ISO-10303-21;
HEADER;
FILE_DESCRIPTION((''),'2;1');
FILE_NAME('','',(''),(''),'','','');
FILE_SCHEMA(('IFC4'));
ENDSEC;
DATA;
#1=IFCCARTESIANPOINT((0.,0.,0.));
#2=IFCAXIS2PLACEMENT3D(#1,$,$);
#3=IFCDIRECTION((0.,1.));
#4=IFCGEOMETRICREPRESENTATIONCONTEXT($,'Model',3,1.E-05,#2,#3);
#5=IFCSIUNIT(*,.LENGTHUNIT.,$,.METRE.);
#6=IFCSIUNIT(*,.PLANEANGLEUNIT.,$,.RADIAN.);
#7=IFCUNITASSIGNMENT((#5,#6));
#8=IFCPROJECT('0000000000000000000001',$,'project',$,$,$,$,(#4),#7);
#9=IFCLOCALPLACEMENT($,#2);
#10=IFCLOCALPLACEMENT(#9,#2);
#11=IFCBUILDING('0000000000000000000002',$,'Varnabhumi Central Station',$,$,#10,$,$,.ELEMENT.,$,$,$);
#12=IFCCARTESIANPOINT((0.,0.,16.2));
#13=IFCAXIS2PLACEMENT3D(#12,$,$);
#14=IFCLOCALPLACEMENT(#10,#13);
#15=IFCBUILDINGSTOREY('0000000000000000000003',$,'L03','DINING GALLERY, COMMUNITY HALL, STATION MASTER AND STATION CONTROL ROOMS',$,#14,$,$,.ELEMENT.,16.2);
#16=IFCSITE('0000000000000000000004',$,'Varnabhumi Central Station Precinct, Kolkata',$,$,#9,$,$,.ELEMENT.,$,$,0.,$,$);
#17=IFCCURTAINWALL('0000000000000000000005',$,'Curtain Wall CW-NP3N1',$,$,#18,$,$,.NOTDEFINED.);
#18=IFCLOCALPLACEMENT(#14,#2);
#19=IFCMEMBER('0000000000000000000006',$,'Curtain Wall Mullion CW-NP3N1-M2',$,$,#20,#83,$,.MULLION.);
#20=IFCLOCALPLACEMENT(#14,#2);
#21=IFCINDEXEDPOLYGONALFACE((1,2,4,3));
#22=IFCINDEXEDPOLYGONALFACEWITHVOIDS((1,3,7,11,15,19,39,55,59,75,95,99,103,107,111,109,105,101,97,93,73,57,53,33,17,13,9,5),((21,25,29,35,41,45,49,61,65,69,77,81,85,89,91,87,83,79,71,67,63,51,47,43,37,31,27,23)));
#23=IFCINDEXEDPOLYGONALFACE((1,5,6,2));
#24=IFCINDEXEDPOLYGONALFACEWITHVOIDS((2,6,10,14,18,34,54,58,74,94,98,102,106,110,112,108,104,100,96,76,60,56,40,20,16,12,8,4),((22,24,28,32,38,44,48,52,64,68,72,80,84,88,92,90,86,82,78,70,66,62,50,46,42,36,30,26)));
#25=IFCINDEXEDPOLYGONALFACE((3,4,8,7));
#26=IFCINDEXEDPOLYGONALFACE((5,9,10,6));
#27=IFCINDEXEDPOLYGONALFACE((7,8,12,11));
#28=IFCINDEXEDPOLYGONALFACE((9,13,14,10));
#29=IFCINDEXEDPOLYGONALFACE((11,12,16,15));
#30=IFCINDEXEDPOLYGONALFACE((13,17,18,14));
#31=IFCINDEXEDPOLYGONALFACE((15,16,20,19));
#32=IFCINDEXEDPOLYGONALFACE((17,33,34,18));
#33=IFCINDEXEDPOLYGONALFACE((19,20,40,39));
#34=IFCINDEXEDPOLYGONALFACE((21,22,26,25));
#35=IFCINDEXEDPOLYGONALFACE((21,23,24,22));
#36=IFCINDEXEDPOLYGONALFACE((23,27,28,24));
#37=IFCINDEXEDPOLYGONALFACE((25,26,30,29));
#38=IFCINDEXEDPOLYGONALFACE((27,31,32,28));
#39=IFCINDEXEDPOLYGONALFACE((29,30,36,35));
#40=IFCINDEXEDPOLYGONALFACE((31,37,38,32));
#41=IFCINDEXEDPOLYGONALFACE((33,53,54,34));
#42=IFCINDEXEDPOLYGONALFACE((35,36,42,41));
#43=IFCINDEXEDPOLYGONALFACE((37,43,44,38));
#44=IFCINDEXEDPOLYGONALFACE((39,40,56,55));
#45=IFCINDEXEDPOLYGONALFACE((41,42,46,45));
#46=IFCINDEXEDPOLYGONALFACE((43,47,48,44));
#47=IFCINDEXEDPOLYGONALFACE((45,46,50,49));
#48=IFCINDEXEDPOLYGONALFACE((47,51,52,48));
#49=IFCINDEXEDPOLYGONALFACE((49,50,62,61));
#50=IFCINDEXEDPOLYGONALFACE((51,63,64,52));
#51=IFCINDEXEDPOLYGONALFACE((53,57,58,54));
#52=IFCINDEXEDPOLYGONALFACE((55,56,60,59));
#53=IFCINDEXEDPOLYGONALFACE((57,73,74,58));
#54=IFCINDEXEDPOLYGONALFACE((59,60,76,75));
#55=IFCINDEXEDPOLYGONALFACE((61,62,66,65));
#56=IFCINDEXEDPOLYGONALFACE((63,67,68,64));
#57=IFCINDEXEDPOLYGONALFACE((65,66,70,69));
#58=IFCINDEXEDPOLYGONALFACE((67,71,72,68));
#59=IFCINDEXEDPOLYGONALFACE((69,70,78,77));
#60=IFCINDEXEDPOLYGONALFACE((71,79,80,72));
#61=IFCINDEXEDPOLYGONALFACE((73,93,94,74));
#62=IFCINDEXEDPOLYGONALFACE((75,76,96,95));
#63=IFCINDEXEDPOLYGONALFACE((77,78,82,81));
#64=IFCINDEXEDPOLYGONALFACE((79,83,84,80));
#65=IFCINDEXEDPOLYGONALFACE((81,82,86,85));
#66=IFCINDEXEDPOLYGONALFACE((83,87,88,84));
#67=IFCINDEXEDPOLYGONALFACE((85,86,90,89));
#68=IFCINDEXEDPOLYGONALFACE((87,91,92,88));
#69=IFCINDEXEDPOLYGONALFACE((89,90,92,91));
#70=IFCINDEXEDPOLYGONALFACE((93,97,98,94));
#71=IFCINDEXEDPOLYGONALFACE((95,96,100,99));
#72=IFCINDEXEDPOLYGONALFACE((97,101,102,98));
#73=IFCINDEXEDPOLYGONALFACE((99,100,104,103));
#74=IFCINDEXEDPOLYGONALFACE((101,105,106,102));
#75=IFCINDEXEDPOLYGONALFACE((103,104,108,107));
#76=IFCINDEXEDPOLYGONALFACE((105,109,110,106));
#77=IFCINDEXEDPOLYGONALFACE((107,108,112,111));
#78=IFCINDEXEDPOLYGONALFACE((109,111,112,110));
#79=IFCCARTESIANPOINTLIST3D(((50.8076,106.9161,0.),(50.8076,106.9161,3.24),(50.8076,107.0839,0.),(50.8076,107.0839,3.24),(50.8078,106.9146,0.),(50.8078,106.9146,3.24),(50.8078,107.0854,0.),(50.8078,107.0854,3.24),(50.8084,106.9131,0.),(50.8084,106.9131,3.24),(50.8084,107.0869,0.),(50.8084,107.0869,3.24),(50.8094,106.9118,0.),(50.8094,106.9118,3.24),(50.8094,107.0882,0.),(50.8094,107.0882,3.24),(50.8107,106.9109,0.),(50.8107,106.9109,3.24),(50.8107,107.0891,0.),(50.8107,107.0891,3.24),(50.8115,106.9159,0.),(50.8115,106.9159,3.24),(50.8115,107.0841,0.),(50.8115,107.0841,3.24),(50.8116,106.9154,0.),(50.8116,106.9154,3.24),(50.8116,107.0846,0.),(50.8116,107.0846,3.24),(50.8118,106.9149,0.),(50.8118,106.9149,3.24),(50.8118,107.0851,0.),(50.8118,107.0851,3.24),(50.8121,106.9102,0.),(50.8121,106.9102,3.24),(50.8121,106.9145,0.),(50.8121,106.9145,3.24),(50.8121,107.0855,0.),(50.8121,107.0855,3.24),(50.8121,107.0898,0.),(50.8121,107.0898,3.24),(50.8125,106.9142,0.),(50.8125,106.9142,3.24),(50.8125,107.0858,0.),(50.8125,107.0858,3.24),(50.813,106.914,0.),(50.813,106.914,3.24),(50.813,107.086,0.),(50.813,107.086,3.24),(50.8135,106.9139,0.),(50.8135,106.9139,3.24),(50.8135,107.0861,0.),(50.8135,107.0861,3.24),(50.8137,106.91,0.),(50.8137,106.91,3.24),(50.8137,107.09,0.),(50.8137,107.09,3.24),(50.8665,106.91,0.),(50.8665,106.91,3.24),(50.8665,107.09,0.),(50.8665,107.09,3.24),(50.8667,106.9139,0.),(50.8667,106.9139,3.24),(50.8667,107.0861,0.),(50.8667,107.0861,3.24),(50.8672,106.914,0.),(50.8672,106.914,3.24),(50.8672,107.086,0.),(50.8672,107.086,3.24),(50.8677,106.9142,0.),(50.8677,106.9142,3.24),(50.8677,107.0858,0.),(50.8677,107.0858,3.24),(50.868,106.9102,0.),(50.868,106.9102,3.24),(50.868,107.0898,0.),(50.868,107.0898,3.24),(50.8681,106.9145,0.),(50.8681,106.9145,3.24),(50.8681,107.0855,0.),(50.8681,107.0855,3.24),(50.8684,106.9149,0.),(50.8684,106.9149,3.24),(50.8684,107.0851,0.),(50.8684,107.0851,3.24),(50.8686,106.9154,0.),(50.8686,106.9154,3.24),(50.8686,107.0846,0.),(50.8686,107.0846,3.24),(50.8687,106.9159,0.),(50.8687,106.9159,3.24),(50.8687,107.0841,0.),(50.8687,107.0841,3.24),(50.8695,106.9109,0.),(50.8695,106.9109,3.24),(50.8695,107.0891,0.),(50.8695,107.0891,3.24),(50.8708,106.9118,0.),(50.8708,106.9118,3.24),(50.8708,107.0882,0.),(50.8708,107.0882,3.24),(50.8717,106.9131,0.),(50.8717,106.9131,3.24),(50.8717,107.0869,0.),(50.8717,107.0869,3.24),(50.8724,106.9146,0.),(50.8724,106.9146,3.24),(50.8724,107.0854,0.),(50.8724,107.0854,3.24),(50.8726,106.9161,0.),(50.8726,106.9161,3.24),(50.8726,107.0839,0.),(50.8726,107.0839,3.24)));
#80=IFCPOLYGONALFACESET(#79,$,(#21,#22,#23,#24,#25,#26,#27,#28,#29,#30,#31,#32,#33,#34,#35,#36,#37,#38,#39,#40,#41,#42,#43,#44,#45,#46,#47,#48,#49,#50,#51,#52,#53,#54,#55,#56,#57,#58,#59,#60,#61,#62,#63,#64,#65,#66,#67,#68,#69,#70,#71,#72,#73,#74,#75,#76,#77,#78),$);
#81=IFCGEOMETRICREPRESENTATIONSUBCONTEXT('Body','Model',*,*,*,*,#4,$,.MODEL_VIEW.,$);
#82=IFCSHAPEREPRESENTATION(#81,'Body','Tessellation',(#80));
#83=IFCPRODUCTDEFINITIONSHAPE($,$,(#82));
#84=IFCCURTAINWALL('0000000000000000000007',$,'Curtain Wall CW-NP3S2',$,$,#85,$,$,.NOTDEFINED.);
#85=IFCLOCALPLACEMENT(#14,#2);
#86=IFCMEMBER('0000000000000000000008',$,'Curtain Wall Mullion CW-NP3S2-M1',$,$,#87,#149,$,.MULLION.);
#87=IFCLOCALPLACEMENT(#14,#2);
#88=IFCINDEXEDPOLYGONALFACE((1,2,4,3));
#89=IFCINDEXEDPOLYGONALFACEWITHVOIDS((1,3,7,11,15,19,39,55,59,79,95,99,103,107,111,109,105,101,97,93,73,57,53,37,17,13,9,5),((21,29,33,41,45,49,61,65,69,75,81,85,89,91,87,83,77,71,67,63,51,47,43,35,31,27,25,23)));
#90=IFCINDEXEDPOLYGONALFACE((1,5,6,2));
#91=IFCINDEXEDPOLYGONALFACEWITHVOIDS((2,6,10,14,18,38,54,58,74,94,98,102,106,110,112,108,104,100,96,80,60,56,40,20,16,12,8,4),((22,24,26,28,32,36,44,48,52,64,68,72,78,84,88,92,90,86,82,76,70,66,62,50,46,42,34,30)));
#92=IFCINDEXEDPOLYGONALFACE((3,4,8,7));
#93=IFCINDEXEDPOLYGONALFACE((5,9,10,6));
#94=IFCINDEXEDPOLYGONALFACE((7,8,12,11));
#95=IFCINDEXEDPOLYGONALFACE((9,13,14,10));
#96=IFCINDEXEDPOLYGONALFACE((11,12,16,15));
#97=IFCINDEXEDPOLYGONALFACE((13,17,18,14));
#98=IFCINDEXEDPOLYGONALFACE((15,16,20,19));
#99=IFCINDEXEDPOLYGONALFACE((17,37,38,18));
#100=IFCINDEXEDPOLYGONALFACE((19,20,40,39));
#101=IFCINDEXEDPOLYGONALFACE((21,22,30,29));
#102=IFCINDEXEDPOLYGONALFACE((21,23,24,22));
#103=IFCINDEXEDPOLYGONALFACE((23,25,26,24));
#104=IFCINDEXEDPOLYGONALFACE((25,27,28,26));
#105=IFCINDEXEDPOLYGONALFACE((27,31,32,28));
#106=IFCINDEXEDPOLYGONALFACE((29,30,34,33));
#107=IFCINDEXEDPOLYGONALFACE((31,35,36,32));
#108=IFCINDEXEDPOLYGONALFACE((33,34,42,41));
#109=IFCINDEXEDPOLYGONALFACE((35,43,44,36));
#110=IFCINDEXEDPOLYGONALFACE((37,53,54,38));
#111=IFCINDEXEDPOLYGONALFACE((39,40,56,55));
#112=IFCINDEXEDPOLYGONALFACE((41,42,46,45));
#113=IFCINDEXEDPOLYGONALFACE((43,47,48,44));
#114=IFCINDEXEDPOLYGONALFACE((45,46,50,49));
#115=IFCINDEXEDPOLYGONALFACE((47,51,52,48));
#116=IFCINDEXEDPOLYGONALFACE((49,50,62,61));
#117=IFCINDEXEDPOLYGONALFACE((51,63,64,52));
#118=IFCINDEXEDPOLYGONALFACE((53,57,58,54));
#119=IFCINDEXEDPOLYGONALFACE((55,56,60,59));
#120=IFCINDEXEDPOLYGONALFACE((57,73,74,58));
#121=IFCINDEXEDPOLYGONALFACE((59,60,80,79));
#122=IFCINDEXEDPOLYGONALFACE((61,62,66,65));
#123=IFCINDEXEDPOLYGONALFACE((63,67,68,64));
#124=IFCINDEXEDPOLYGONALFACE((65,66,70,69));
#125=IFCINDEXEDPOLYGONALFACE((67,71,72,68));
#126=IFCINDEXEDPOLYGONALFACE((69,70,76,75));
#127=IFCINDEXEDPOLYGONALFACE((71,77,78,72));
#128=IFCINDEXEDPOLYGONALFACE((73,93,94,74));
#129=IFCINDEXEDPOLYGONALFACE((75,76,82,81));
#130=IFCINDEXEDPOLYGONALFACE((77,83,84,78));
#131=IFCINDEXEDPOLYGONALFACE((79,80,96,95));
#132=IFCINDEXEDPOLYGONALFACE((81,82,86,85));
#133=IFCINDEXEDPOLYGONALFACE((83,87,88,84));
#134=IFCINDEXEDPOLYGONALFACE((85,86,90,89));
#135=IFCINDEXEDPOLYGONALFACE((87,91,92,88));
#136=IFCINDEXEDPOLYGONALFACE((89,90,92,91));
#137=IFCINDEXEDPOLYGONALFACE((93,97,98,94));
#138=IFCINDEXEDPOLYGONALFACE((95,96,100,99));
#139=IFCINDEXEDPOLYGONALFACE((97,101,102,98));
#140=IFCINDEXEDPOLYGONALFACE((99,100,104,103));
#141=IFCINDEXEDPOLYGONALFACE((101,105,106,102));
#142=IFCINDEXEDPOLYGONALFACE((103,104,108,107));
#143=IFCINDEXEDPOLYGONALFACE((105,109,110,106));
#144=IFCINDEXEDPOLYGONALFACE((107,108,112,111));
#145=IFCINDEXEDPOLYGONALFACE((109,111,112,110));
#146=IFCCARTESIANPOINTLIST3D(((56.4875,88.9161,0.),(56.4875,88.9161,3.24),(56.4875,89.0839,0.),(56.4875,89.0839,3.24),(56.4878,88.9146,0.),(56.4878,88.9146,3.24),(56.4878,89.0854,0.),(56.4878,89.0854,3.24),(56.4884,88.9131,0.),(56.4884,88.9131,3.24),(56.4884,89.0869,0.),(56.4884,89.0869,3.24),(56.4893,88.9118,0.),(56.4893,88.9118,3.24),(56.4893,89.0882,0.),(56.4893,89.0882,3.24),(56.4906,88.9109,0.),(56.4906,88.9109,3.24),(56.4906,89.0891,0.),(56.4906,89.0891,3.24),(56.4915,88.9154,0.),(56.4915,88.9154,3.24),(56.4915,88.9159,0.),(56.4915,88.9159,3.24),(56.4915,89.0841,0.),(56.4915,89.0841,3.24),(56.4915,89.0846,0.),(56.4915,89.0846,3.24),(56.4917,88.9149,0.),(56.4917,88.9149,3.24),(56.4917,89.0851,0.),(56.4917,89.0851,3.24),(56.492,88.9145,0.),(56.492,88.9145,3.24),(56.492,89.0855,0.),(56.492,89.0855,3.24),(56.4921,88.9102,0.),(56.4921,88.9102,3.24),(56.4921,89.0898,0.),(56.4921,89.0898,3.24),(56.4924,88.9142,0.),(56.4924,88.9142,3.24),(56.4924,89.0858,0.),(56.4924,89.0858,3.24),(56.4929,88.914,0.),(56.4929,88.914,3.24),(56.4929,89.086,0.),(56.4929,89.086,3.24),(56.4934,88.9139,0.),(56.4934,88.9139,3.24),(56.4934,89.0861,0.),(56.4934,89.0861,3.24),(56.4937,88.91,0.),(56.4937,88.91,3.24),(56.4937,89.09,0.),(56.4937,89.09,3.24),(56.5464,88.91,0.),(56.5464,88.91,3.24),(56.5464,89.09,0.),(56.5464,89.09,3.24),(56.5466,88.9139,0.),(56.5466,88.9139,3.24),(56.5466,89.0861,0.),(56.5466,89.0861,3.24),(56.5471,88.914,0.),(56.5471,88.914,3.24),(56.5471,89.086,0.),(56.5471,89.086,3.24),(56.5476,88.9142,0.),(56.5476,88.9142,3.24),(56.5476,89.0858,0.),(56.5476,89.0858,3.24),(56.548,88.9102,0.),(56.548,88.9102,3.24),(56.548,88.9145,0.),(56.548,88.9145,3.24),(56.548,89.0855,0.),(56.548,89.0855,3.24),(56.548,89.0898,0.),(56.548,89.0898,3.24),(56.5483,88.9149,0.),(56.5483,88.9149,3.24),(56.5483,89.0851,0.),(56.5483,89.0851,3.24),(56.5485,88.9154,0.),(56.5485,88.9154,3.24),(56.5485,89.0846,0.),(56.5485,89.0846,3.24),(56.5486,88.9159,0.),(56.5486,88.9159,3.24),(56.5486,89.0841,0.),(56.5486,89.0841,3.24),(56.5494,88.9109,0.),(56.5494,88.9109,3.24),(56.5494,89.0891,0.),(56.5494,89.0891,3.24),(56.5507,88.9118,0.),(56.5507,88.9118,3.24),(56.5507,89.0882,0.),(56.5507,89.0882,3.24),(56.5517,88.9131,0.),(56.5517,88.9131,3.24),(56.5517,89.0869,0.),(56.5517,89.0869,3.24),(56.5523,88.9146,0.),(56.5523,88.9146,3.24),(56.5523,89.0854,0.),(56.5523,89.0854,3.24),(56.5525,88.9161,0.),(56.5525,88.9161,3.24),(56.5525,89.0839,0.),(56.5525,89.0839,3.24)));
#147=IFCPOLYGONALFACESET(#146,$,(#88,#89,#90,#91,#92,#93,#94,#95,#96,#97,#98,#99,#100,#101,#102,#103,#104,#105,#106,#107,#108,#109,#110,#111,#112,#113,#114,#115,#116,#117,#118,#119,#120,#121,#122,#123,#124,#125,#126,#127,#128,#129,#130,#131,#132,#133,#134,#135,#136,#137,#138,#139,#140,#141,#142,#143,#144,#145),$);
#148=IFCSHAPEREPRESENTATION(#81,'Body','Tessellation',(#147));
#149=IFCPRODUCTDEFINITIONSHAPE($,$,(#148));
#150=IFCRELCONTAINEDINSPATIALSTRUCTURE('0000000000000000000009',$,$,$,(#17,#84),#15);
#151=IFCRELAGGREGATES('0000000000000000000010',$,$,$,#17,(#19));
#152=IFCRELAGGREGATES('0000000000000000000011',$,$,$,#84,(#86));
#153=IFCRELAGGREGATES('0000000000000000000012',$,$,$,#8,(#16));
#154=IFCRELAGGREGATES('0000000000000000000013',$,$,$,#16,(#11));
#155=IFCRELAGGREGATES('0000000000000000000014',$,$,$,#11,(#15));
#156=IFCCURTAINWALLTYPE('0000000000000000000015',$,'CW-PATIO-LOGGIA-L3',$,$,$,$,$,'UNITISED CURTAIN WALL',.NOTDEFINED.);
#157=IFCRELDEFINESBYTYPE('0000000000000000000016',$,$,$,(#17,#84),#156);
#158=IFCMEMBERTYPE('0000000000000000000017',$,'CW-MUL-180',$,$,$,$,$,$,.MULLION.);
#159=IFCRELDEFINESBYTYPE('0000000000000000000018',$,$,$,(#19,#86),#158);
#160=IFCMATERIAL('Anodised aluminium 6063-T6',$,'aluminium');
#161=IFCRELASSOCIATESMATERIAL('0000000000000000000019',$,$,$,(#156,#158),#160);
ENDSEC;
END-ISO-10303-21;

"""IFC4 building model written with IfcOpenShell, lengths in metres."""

from ifc_helpers import new_model, si_unit, direction, frame, origin, origin_2d, place, context, subcontext, project, spatial, hollow_rectangle, extrude, material, material_profile, profile_set, type_object, element, aggregate, save


model = new_model("IFC4")

# Units and contexts
model_context = context("Model", 3, precision=1e-05, world=origin(), true_north=direction((0.0, 1.0)))
body_context = subcontext(model_context, "Body", "Model", "MODEL_VIEW")
ifc_project = project(units=[si_unit("LENGTHUNIT", "METRE"), si_unit("PLANEANGLEUNIT", "RADIAN")], contexts=[model_context])

# Site, building, storey
site_placement = place(None, origin())
site = spatial("IfcSite", under=ifc_project, at=site_placement, Name="Varnabhumi Central Station Precinct, Kolkata", CompositionType="ELEMENT", RefElevation=0.0)
building_placement = place(site_placement, origin())
building = spatial("IfcBuilding", under=site, at=building_placement, Name="Varnabhumi Central Station", CompositionType="ELEMENT")
storey_placement = place(building_placement, frame((0.0, 0.0, 16.2)))
storey = spatial("IfcBuildingStorey", under=building, at=storey_placement, Name="L03", Description="DINING GALLERY, COMMUNITY HALL, STATION MASTER AND STATION CONTROL ROOMS", CompositionType="ELEMENT", Elevation=16.2)

# Curtain walls, members
ifc_material_1 = material(Name="Anodised aluminium 6063-T6", Category="aluminium")
curtain_wall_type = type_object("IfcCurtainWallType", Name="CW-PATIO-LOGGIA-L3", ElementType="UNITISED CURTAIN WALL", PredefinedType="NOTDEFINED", material=ifc_material_1)
curtain_wall_1_placement = place(storey_placement, origin())
curtain_wall_1 = element("IfcCurtainWall", 1, at=curtain_wall_1_placement, inside=storey, type_object=curtain_wall_type, Name="Curtain Wall CW-NP3N1", PredefinedType="NOTDEFINED")
ifc_material_profile_1 = material_profile(ifc_material_1, hollow_rectangle(XDim=0.0649, YDim=0.1799, WallThickness=0.0039, InnerFilletRadius=0.002, OuterFilletRadius=0.0061, at=origin_2d()), Name="Anodised aluminium 6063-T6", Category="aluminium")
ifc_profile_set_1 = profile_set([ifc_material_profile_1], Name="Anodised aluminium 6063-T6")
member_type_1 = type_object("IfcMemberType", Name="CW-MUL-180", PredefinedType="MULLION", material=ifc_profile_set_1)
member_1_placement = place(storey_placement, frame((50.8401, 107.0, 0.0), z_axis=(0.0, 0.0, 1.0), x_axis=(1.0, 0.0, 0.0)))
member_1 = element("IfcMember", 2, at=member_1_placement, type_object=member_type_1, Name="Curtain Wall Mullion CW-NP3N1-M2", PredefinedType="MULLION", context=body_context, shape_type="SweptSolid", body=[
    extrude(hollow_rectangle(XDim=0.0649, YDim=0.1799, WallThickness=0.0039, InnerFilletRadius=0.002, OuterFilletRadius=0.0061, at=origin_2d()), origin(), (0.0, 0.0, 1.0), 3.24),
])
curtain_wall_2_placement = place(storey_placement, origin())
curtain_wall_2 = element("IfcCurtainWall", 3, at=curtain_wall_2_placement, inside=storey, type_object=curtain_wall_type, Name="Curtain Wall CW-NP3S2", PredefinedType="NOTDEFINED")
member_2_placement = place(storey_placement, frame((56.52, 89.0, 0.0), z_axis=(0.0, 0.0, 1.0), x_axis=(1.0, 0.0, 0.0)))
member_2 = element("IfcMember", 4, at=member_2_placement, type_object=member_type_1, Name="Curtain Wall Mullion CW-NP3S2-M1", PredefinedType="MULLION", context=body_context, shape_type="SweptSolid", body=[
    extrude(hollow_rectangle(XDim=0.0649, YDim=0.1799, WallThickness=0.0039, InnerFilletRadius=0.002, OuterFilletRadius=0.0061, at=origin_2d()), origin(), (0.0, 0.0, 1.0), 3.24),
])

aggregate(curtain_wall_1, [member_1])
aggregate(curtain_wall_2, [member_2])

save(model, "model.ifc")
